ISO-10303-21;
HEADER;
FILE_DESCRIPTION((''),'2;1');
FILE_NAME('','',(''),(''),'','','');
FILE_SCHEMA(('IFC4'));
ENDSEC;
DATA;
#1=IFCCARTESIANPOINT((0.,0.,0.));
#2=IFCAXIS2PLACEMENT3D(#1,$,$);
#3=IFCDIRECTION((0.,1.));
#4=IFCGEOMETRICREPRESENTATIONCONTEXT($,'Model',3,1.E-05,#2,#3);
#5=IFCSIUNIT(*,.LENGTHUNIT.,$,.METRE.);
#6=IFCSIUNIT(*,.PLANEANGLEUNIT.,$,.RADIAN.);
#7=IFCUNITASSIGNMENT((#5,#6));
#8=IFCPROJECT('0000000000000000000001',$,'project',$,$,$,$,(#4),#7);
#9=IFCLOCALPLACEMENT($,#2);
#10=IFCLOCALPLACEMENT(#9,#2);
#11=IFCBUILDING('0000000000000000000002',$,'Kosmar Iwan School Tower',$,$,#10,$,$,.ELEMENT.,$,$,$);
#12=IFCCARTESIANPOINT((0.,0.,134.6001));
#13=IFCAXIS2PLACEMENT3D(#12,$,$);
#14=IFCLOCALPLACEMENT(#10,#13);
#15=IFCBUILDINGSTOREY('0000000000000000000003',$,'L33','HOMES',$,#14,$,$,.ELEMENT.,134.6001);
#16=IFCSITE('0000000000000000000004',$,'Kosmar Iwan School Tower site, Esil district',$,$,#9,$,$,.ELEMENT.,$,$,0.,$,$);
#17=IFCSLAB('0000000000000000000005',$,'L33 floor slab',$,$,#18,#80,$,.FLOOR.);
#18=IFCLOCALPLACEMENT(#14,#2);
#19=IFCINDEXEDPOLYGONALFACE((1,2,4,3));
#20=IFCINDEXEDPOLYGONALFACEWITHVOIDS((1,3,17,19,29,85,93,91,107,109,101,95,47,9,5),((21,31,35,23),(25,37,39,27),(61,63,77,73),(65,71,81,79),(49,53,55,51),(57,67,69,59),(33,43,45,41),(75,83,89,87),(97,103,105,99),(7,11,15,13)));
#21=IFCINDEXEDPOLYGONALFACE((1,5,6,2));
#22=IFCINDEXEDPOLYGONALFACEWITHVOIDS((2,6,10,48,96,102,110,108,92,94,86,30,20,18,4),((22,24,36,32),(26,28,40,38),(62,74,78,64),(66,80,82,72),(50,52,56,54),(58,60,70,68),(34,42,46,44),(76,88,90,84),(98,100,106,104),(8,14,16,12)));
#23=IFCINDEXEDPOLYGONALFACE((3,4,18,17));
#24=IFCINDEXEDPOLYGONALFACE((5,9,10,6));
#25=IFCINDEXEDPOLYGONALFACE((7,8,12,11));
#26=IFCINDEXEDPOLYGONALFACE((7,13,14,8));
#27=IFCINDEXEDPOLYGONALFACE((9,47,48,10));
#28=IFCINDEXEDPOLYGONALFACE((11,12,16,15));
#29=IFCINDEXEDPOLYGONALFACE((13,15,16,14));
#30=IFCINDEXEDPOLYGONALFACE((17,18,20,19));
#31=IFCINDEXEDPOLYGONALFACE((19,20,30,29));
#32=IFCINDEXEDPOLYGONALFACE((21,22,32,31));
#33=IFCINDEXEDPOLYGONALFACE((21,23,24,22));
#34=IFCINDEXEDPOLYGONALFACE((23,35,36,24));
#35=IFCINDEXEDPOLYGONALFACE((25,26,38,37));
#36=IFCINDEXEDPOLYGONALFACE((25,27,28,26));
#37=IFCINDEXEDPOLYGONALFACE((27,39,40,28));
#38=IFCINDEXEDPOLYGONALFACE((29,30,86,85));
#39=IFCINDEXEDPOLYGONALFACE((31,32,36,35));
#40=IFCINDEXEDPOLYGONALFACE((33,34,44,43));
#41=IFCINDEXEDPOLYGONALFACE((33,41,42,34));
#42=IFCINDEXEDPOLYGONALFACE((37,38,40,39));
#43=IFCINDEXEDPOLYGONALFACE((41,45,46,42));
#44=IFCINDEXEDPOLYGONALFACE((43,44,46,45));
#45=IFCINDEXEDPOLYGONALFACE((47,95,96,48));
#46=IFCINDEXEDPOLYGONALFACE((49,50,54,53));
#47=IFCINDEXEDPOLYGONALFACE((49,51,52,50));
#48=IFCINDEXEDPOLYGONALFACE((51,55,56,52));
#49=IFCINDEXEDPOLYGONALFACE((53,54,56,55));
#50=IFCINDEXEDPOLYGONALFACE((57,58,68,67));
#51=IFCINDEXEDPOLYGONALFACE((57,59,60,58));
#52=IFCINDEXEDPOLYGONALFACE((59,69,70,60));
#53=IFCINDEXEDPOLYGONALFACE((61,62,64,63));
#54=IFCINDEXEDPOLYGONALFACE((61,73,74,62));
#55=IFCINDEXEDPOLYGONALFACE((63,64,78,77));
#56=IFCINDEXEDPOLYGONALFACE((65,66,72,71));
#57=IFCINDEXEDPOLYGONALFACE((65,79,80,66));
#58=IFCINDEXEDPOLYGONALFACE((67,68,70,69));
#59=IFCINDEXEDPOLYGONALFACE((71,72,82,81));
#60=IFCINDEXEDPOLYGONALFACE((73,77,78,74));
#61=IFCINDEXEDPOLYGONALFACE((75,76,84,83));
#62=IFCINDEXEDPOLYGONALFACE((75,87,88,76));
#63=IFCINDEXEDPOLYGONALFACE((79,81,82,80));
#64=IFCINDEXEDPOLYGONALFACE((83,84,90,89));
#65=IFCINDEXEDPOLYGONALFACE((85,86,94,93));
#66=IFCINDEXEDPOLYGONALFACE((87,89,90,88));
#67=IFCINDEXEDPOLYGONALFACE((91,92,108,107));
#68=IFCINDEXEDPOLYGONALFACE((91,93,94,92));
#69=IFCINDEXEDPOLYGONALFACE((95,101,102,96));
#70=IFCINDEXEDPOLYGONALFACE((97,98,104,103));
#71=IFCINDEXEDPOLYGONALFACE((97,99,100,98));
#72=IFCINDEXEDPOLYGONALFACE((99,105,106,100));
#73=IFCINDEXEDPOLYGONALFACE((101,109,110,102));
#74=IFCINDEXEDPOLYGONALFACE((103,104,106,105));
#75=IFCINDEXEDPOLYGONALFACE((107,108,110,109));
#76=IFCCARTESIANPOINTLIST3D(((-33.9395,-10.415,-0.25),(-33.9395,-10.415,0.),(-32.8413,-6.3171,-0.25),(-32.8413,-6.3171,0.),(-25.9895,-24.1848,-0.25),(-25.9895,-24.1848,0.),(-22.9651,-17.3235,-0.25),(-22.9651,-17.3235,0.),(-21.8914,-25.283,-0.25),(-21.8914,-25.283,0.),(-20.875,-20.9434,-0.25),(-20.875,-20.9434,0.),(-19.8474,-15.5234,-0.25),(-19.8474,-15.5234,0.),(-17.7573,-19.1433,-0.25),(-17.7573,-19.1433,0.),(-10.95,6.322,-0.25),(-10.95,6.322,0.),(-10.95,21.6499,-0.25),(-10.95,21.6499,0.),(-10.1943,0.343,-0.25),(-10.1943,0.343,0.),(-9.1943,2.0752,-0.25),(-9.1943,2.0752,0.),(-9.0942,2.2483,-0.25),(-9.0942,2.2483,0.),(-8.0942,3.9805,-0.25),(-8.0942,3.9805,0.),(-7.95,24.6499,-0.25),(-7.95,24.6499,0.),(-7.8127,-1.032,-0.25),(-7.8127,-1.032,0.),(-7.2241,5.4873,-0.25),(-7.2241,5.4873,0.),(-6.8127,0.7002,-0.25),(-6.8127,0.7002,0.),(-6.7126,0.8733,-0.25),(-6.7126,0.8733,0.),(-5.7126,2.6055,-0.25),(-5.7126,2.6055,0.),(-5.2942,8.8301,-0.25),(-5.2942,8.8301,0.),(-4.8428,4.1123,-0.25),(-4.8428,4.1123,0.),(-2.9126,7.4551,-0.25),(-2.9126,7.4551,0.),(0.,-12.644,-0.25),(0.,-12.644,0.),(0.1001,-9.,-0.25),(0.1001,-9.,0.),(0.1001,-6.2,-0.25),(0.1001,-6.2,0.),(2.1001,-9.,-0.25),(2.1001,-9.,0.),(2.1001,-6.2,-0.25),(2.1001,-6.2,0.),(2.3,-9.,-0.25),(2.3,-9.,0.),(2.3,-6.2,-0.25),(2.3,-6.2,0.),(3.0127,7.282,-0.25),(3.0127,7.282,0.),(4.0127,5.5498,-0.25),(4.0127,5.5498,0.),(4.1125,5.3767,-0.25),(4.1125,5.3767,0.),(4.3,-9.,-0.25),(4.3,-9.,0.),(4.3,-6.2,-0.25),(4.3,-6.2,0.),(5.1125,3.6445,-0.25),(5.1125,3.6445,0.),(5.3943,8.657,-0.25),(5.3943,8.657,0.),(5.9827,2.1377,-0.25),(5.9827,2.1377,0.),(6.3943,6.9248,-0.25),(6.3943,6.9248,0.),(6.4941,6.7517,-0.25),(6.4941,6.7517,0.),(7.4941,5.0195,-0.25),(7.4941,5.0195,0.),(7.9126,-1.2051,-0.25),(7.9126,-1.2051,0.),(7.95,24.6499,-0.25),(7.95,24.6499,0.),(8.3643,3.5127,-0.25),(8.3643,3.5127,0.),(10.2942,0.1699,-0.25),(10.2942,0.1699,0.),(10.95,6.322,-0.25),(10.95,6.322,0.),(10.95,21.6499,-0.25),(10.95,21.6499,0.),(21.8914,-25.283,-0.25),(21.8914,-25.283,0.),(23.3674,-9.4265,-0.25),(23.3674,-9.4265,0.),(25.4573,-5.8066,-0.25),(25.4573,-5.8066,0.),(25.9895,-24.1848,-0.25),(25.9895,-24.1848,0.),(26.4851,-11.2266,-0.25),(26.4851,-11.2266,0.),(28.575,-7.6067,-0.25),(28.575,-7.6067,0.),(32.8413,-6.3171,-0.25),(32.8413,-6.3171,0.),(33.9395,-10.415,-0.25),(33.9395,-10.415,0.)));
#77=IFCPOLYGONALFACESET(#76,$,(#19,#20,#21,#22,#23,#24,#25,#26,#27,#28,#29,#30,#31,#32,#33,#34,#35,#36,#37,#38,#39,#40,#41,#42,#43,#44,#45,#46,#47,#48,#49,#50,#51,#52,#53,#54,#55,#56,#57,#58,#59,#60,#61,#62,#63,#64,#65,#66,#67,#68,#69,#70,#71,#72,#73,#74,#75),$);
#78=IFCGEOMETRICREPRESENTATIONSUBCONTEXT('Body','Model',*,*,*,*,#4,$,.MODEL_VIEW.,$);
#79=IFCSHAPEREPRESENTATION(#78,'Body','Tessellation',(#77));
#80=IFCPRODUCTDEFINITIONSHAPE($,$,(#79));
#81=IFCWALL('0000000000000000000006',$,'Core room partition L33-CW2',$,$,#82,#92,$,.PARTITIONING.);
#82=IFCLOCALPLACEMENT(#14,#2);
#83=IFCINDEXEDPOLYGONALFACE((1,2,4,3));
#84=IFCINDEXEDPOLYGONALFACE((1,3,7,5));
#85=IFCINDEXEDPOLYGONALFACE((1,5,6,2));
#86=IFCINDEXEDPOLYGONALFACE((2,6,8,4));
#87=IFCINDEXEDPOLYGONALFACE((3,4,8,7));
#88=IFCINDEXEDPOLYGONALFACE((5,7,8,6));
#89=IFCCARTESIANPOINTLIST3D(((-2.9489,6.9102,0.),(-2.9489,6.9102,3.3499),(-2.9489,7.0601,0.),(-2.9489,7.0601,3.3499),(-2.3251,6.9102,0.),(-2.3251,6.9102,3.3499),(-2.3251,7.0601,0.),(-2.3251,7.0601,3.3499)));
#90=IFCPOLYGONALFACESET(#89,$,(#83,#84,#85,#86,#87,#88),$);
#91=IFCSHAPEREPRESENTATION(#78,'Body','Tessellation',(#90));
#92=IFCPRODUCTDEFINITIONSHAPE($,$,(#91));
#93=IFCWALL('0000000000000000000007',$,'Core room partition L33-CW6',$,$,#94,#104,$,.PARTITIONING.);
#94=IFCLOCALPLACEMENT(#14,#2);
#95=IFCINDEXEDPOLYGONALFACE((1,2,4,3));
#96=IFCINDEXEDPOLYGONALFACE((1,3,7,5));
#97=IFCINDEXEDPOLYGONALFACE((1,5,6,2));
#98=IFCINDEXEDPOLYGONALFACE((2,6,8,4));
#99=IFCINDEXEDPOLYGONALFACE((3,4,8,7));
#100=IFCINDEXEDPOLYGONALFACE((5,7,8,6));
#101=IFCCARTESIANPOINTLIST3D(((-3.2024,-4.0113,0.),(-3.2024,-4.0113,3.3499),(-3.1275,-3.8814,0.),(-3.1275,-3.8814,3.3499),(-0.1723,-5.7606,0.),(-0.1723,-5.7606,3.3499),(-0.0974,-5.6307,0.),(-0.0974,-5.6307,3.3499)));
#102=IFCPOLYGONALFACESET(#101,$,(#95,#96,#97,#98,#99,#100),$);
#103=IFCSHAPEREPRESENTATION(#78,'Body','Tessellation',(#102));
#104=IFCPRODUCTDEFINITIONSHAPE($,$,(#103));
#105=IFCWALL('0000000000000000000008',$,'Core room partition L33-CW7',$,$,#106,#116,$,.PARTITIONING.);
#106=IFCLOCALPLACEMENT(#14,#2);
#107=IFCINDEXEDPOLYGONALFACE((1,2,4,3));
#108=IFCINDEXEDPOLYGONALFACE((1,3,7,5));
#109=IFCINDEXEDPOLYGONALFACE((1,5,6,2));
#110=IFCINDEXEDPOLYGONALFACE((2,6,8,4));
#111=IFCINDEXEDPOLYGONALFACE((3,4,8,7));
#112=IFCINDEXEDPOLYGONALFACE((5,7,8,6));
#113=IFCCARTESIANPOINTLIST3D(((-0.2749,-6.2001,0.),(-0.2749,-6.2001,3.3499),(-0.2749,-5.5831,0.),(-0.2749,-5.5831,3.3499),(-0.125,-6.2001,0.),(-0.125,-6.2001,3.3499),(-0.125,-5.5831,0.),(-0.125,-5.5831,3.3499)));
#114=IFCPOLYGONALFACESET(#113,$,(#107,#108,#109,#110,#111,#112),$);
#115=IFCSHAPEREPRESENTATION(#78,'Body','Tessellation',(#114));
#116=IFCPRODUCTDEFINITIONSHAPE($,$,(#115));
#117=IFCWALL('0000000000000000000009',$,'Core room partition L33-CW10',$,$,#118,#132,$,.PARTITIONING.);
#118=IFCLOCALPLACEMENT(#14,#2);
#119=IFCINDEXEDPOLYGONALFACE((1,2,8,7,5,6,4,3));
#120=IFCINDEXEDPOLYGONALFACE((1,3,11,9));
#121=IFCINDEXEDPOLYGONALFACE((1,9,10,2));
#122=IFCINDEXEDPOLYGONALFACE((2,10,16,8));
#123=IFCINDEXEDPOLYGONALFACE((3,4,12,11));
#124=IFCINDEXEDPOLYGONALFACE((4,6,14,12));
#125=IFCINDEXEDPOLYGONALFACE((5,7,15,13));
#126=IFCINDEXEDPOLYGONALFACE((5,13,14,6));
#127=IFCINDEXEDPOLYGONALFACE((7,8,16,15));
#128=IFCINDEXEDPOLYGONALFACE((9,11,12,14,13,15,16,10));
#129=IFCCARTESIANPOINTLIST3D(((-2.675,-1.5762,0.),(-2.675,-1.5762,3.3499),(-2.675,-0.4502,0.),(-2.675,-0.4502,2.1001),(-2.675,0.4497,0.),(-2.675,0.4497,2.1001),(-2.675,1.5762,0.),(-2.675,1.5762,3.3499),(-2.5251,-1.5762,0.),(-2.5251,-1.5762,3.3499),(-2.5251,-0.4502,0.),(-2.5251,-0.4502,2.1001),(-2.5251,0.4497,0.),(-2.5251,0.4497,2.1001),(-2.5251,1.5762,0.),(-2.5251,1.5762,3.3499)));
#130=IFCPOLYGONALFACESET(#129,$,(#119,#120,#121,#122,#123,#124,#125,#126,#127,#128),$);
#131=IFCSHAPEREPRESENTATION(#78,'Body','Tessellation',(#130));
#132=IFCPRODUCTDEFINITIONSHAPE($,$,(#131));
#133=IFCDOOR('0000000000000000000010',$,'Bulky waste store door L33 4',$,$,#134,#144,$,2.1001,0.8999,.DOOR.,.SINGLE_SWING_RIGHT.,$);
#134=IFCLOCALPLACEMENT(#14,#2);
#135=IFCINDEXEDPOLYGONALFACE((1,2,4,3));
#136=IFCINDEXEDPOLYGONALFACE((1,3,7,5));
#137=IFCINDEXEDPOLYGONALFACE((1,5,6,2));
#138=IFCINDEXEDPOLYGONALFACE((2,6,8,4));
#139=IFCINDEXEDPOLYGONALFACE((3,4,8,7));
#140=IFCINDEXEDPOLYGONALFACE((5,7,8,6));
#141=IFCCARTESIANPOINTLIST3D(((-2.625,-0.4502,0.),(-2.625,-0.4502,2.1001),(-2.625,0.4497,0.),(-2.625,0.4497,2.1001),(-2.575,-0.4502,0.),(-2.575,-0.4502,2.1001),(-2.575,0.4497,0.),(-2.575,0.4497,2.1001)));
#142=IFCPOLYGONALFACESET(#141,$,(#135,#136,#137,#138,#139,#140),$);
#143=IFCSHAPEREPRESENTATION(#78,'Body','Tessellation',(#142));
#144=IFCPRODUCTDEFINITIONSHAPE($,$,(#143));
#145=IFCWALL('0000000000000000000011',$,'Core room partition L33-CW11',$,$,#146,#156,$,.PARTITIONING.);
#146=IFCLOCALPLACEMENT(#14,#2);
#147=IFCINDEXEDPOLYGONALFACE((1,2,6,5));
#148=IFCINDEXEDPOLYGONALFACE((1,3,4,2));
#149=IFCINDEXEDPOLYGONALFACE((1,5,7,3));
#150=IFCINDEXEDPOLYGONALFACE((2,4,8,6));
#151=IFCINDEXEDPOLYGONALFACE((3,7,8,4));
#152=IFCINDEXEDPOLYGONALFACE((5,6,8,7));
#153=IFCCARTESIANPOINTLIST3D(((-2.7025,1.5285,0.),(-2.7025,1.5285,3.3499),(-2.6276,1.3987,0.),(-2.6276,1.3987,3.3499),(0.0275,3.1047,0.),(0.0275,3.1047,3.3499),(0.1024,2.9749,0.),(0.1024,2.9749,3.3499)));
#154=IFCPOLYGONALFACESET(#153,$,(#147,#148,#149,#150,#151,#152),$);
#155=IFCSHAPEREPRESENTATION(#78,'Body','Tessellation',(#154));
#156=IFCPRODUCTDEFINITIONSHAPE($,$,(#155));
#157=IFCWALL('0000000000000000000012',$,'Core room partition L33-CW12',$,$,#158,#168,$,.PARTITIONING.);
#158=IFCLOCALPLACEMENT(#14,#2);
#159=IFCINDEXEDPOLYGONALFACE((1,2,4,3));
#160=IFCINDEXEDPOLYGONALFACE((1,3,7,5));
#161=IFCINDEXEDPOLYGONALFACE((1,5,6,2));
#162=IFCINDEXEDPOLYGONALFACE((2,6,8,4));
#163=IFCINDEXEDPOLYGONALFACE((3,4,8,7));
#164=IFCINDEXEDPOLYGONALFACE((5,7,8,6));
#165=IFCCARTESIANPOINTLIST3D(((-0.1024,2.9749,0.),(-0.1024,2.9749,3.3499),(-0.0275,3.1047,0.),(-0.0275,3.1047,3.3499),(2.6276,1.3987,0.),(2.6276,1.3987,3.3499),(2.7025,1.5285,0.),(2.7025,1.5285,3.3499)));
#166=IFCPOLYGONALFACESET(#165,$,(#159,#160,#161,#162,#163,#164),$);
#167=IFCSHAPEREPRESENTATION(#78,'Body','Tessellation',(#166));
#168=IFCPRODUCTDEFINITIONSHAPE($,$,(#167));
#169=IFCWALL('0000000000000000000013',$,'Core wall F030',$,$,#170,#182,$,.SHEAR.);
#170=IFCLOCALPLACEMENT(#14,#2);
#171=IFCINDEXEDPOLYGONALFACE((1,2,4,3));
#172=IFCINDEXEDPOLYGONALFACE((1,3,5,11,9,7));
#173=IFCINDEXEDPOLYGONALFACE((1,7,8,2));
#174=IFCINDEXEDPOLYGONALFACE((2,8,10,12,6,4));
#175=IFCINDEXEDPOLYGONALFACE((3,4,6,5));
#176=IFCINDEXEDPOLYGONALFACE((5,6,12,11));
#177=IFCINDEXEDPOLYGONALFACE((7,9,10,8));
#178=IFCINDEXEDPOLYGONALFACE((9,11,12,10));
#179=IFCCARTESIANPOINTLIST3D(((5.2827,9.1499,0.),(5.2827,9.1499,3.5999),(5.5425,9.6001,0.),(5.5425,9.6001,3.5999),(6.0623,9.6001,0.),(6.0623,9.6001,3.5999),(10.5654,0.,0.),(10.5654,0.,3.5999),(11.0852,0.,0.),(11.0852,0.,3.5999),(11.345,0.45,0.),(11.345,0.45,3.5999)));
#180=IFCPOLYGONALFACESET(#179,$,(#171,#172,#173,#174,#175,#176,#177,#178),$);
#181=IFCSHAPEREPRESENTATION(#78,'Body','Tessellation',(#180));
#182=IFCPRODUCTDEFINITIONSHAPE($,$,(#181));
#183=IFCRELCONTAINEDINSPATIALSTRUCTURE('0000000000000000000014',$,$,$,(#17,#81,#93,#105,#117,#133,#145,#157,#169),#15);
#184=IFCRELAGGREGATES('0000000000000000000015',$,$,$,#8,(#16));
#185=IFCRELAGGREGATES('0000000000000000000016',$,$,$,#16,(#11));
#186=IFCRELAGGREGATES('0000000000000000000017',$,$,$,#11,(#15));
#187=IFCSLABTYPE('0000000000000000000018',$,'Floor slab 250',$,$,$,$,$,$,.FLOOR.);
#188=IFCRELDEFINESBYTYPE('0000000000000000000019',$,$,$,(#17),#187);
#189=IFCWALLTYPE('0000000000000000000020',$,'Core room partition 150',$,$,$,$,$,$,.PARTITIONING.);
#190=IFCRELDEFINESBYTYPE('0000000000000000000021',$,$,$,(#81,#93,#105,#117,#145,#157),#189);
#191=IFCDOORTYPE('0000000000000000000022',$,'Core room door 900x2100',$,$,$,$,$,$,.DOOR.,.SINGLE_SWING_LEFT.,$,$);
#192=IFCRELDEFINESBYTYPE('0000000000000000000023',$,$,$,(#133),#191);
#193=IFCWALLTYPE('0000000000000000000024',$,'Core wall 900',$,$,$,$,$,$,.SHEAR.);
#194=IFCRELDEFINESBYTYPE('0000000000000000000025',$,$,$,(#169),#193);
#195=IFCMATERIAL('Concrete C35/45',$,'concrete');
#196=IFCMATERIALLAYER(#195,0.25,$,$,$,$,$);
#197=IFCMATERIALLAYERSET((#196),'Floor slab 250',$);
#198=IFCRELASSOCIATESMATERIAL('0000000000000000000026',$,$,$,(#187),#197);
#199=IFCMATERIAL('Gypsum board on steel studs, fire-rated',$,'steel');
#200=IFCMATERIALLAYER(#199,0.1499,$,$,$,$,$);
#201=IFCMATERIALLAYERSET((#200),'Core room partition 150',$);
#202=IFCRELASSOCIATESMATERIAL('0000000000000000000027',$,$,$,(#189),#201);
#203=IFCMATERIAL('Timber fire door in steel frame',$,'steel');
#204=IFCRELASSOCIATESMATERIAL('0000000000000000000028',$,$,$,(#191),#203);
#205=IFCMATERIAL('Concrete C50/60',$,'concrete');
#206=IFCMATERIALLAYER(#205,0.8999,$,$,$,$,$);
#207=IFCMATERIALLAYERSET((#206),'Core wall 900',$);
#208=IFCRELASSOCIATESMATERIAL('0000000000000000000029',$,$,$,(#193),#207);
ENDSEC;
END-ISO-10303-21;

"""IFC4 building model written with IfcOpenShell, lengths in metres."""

from ifc_helpers import new_model, si_unit, direction, frame, frame_2d, origin, place, context, subcontext, project, spatial, polyline, rectangle, outline, extrude, material, layer, layer_set, type_object, element, fill, save


model = new_model("IFC4")

# Units and contexts
model_context = context("Model", 3, precision=1e-05, world=origin(), true_north=direction((0.0, 1.0)))
body_context = subcontext(model_context, "Body", "Model", "MODEL_VIEW")
ifc_project = project(units=[si_unit("LENGTHUNIT", "METRE"), si_unit("PLANEANGLEUNIT", "RADIAN")], contexts=[model_context])

# Site, building, storey
site_placement = place(None, origin())
site = spatial("IfcSite", under=ifc_project, at=site_placement, Name="Kosmar Iwan School Tower site, Esil district", CompositionType="ELEMENT", RefElevation=0.0)
building_placement = place(site_placement, origin())
building = spatial("IfcBuilding", under=site, at=building_placement, Name="Kosmar Iwan School Tower", CompositionType="ELEMENT")
storey_placement = place(building_placement, frame((0.0, 0.0, 134.6001)))
storey = spatial("IfcBuildingStorey", under=building, at=storey_placement, Name="L33", Description="HOMES", CompositionType="ELEMENT", Elevation=134.6001)

# Slab
ifc_material_1 = material(Name="Concrete C35/45", Category="concrete")
ifc_layer_1 = layer(ifc_material_1, 0.25)
ifc_layer_set_1 = layer_set([ifc_layer_1], Name="Floor slab 250")
slab_type = type_object("IfcSlabType", Name="Floor slab 250", PredefinedType="FLOOR", material=ifc_layer_set_1)
slab_placement = place(storey_placement, frame((0.0, 0.0, -0.25)))
element("IfcSlab", 1, at=slab_placement, inside=storey, type_object=slab_type, Name="L33 floor slab", PredefinedType="FLOOR", context=body_context, shape_type="SweptSolid", body=[
    extrude(outline(polyline([(-21.8914, -25.283), (0.0, -12.644), (21.8914, -25.283), (25.9895, -24.1848), (33.9395, -10.415), (32.8413, -6.3171), (10.95, 6.322), (10.95, 21.6499), (7.95, 24.6499), (-7.95, 24.6499), (-10.95, 21.6499), (-10.95, 6.322), (-32.8413, -6.3171), (-33.9395, -10.415), (-25.9895, -24.1848), (-21.8914, -25.283)]), holes=[polyline([(7.9126, -1.2051), (10.2942, 0.1699), (8.3643, 3.5127), (5.9827, 2.1377), (7.9126, -1.2051)]), polyline([(-2.9126, 7.4551), (-5.2942, 8.8301), (-7.2241, 5.4873), (-4.8428, 4.1123), (-2.9126, 7.4551)]), polyline([(-5.7126, 2.6055), (-8.0942, 3.9805), (-9.0942, 2.2483), (-6.7126, 0.8733), (-5.7126, 2.6055)]), polyline([(-6.8127, 0.7002), (-9.1943, 2.0752), (-10.1943, 0.343), (-7.8127, -1.032), (-6.8127, 0.7002)]), polyline([(5.1125, 3.6445), (7.4941, 5.0195), (6.4941, 6.7517), (4.1125, 5.3767), (5.1125, 3.6445)]), polyline([(4.0127, 5.5498), (6.3943, 6.9248), (5.3943, 8.657), (3.0127, 7.282), (4.0127, 5.5498)]), polyline([(0.1001, -6.2), (0.1001, -9.0), (2.1001, -9.0), (2.1001, -6.2), (0.1001, -6.2)]), polyline([(2.3, -6.2), (2.3, -9.0), (4.3, -9.0), (4.3, -6.2), (2.3, -6.2)]), polyline([(-19.8474, -15.5234), (-22.9651, -17.3235), (-20.875, -20.9434), (-17.7573, -19.1433), (-19.8474, -15.5234)]), polyline([(23.3674, -9.4265), (26.4851, -11.2266), (28.575, -7.6067), (25.4573, -5.8066), (23.3674, -9.4265)])]), origin(), (0.0, 0.0, 1.0), 0.25),
])

# Walls
ifc_material_2 = material(Name="Gypsum board on steel studs, fire-rated", Category="steel")
ifc_layer_2 = layer(ifc_material_2, 0.1499)
ifc_layer_set_2 = layer_set([ifc_layer_2], Name="Core room partition 150")
wall_type_1 = type_object("IfcWallType", Name="Core room partition 150", PredefinedType="PARTITIONING", material=ifc_layer_set_2)
wall_1_placement = place(storey_placement, frame((-2.325, 6.9851, 0.0), z_axis=(0.0, 0.0, 1.0), x_axis=(-1.0, 0.0, 0.0)))
element("IfcWall", 2, at=wall_1_placement, inside=storey, type_object=wall_type_1, Name="Core room partition L33-CW2", PredefinedType="PARTITIONING", context=body_context, shape_type="SweptSolid", body=[
    extrude(rectangle(XDim=0.6238, YDim=0.1499, at=frame_2d((0.312, 0.0))), origin(), (0.0, 0.0, 1.0), 3.3499),
])
wall_2_placement = place(storey_placement, frame((-3.165, -3.9463, 0.0), z_axis=(0.0, 0.0, 1.0), x_axis=(0.86604, -0.499974, 0.0)))
element("IfcWall", 3, at=wall_2_placement, inside=storey, type_object=wall_type_1, Name="Core room partition L33-CW6", PredefinedType="PARTITIONING", context=body_context, shape_type="SweptSolid", body=[
    extrude(rectangle(XDim=3.4988, YDim=0.1499, at=frame_2d((1.7495, 0.0))), origin(), (0.0, 0.0, 1.0), 3.3499),
])
wall_3_placement = place(storey_placement, frame((-0.2, -5.583, 0.0), z_axis=(0.0, 0.0, 1.0), x_axis=(0.0, -1.0, 0.0)))
element("IfcWall", 4, at=wall_3_placement, inside=storey, type_object=wall_type_1, Name="Core room partition L33-CW7", PredefinedType="PARTITIONING", context=body_context, shape_type="SweptSolid", body=[
    extrude(rectangle(XDim=0.6169, YDim=0.1499, at=frame_2d((0.3086, 0.0))), origin(), (0.0, 0.0, 1.0), 3.3499),
])

# Wall, opening, door
wall_4_placement = place(storey_placement, frame((-2.6001, -1.5762, 0.0), z_axis=(0.0, 0.0, 1.0), x_axis=(0.0, 1.0, 0.0)))
wall_4 = element("IfcWall", 5, at=wall_4_placement, inside=storey, type_object=wall_type_1, Name="Core room partition L33-CW10", PredefinedType="PARTITIONING", context=body_context, shape_type="SweptSolid", body=[
    extrude(rectangle(XDim=3.1523, YDim=0.1499, at=frame_2d((1.5762, 0.0))), origin(), (0.0, 0.0, 1.0), 3.3499),
])
opening_1_placement = place(wall_4_placement, frame((1.126, 0.0, 0.0)))
opening_1 = element("IfcOpeningElement", 6, at=opening_1_placement, cuts=wall_4, PredefinedType="OPENING", context=body_context, shape_type="SweptSolid", body=[
    extrude(rectangle(XDim=0.8999, YDim=2.1001, at=frame_2d((0.45, 1.05))), frame((0.0, 0.0869, 0.0), z_axis=(0.0, -1.0, 0.0), x_axis=(1.0, 0.0, 0.0)), (0.0, 0.0, 1.0), 0.1738),
])
ifc_material_3 = material(Name="Timber fire door in steel frame", Category="steel")
door_type_1 = type_object("IfcDoorType", Name="Core room door 900x2100", OperationType="SINGLE_SWING_LEFT", PredefinedType="DOOR", material=ifc_material_3)
door_1_placement = place(opening_1_placement, origin())
door_1 = element("IfcDoor", 7, at=door_1_placement, inside=storey, type_object=door_type_1, Name="Bulky waste store door L33 4", OperationType="SINGLE_SWING_RIGHT", OverallHeight=2.1001, OverallWidth=0.8999, PredefinedType="DOOR", context=body_context, shape_type="SweptSolid", body=[
    extrude(rectangle(XDim=0.8999, YDim=2.1001, at=frame_2d((0.45, 1.05))), frame((0.0, 0.0249, 0.0), z_axis=(0.0, -1.0, 0.0), x_axis=(1.0, 0.0, 0.0)), (0.0, 0.0, 1.0), 0.05),
])
fill(opening_1, door_1)

# Walls
for number, where, z_axis, x_axis, name in (
    (8, (-2.665, 1.4636, 0.0), (0.0, 0.0, 1.0), (0.866023, 0.500004, 0.0), "Core room partition L33-CW11"),
    (9, (-0.0649, 3.0398, 0.0), (0.0, 0.0, 1.0), (0.866023, -0.500004, 0.0), "Core room partition L33-CW12"),
):
    element("IfcWall", number, at=place(storey_placement, frame(where, z_axis=z_axis, x_axis=x_axis)), inside=storey, type_object=wall_type_1, Name=name, PredefinedType="PARTITIONING", context=body_context, shape_type="SweptSolid", body=[
        extrude(rectangle(XDim=3.1523, YDim=0.1499, at=frame_2d((1.5762, 0.0))), origin(), (0.0, 0.0, 1.0), 3.3499),
    ])
ifc_material_4 = material(Name="Concrete C50/60", Category="concrete")
ifc_layer_3 = layer(ifc_material_4, 0.8999)
ifc_layer_set_3 = layer_set([ifc_layer_3], Name="Core wall 900")
wall_type_2 = type_object("IfcWallType", Name="Core wall 900", PredefinedType="SHEAR", material=ifc_layer_set_3)
wall_5_placement = place(storey_placement, origin())
element("IfcWall", 10, at=wall_5_placement, inside=storey, type_object=wall_type_2, Name="Core wall F030", PredefinedType="SHEAR", context=body_context, shape_type="SweptSolid", body=[
    extrude(outline(polyline([(10.5654, 0.0), (11.0852, 0.0), (11.345, 0.45), (6.0623, 9.6001), (5.5425, 9.6001), (5.2827, 9.1499), (10.5654, 0.0)])), origin(), (0.0, 0.0, 1.0), 3.5999),
])

save(model, "model.ifc")
